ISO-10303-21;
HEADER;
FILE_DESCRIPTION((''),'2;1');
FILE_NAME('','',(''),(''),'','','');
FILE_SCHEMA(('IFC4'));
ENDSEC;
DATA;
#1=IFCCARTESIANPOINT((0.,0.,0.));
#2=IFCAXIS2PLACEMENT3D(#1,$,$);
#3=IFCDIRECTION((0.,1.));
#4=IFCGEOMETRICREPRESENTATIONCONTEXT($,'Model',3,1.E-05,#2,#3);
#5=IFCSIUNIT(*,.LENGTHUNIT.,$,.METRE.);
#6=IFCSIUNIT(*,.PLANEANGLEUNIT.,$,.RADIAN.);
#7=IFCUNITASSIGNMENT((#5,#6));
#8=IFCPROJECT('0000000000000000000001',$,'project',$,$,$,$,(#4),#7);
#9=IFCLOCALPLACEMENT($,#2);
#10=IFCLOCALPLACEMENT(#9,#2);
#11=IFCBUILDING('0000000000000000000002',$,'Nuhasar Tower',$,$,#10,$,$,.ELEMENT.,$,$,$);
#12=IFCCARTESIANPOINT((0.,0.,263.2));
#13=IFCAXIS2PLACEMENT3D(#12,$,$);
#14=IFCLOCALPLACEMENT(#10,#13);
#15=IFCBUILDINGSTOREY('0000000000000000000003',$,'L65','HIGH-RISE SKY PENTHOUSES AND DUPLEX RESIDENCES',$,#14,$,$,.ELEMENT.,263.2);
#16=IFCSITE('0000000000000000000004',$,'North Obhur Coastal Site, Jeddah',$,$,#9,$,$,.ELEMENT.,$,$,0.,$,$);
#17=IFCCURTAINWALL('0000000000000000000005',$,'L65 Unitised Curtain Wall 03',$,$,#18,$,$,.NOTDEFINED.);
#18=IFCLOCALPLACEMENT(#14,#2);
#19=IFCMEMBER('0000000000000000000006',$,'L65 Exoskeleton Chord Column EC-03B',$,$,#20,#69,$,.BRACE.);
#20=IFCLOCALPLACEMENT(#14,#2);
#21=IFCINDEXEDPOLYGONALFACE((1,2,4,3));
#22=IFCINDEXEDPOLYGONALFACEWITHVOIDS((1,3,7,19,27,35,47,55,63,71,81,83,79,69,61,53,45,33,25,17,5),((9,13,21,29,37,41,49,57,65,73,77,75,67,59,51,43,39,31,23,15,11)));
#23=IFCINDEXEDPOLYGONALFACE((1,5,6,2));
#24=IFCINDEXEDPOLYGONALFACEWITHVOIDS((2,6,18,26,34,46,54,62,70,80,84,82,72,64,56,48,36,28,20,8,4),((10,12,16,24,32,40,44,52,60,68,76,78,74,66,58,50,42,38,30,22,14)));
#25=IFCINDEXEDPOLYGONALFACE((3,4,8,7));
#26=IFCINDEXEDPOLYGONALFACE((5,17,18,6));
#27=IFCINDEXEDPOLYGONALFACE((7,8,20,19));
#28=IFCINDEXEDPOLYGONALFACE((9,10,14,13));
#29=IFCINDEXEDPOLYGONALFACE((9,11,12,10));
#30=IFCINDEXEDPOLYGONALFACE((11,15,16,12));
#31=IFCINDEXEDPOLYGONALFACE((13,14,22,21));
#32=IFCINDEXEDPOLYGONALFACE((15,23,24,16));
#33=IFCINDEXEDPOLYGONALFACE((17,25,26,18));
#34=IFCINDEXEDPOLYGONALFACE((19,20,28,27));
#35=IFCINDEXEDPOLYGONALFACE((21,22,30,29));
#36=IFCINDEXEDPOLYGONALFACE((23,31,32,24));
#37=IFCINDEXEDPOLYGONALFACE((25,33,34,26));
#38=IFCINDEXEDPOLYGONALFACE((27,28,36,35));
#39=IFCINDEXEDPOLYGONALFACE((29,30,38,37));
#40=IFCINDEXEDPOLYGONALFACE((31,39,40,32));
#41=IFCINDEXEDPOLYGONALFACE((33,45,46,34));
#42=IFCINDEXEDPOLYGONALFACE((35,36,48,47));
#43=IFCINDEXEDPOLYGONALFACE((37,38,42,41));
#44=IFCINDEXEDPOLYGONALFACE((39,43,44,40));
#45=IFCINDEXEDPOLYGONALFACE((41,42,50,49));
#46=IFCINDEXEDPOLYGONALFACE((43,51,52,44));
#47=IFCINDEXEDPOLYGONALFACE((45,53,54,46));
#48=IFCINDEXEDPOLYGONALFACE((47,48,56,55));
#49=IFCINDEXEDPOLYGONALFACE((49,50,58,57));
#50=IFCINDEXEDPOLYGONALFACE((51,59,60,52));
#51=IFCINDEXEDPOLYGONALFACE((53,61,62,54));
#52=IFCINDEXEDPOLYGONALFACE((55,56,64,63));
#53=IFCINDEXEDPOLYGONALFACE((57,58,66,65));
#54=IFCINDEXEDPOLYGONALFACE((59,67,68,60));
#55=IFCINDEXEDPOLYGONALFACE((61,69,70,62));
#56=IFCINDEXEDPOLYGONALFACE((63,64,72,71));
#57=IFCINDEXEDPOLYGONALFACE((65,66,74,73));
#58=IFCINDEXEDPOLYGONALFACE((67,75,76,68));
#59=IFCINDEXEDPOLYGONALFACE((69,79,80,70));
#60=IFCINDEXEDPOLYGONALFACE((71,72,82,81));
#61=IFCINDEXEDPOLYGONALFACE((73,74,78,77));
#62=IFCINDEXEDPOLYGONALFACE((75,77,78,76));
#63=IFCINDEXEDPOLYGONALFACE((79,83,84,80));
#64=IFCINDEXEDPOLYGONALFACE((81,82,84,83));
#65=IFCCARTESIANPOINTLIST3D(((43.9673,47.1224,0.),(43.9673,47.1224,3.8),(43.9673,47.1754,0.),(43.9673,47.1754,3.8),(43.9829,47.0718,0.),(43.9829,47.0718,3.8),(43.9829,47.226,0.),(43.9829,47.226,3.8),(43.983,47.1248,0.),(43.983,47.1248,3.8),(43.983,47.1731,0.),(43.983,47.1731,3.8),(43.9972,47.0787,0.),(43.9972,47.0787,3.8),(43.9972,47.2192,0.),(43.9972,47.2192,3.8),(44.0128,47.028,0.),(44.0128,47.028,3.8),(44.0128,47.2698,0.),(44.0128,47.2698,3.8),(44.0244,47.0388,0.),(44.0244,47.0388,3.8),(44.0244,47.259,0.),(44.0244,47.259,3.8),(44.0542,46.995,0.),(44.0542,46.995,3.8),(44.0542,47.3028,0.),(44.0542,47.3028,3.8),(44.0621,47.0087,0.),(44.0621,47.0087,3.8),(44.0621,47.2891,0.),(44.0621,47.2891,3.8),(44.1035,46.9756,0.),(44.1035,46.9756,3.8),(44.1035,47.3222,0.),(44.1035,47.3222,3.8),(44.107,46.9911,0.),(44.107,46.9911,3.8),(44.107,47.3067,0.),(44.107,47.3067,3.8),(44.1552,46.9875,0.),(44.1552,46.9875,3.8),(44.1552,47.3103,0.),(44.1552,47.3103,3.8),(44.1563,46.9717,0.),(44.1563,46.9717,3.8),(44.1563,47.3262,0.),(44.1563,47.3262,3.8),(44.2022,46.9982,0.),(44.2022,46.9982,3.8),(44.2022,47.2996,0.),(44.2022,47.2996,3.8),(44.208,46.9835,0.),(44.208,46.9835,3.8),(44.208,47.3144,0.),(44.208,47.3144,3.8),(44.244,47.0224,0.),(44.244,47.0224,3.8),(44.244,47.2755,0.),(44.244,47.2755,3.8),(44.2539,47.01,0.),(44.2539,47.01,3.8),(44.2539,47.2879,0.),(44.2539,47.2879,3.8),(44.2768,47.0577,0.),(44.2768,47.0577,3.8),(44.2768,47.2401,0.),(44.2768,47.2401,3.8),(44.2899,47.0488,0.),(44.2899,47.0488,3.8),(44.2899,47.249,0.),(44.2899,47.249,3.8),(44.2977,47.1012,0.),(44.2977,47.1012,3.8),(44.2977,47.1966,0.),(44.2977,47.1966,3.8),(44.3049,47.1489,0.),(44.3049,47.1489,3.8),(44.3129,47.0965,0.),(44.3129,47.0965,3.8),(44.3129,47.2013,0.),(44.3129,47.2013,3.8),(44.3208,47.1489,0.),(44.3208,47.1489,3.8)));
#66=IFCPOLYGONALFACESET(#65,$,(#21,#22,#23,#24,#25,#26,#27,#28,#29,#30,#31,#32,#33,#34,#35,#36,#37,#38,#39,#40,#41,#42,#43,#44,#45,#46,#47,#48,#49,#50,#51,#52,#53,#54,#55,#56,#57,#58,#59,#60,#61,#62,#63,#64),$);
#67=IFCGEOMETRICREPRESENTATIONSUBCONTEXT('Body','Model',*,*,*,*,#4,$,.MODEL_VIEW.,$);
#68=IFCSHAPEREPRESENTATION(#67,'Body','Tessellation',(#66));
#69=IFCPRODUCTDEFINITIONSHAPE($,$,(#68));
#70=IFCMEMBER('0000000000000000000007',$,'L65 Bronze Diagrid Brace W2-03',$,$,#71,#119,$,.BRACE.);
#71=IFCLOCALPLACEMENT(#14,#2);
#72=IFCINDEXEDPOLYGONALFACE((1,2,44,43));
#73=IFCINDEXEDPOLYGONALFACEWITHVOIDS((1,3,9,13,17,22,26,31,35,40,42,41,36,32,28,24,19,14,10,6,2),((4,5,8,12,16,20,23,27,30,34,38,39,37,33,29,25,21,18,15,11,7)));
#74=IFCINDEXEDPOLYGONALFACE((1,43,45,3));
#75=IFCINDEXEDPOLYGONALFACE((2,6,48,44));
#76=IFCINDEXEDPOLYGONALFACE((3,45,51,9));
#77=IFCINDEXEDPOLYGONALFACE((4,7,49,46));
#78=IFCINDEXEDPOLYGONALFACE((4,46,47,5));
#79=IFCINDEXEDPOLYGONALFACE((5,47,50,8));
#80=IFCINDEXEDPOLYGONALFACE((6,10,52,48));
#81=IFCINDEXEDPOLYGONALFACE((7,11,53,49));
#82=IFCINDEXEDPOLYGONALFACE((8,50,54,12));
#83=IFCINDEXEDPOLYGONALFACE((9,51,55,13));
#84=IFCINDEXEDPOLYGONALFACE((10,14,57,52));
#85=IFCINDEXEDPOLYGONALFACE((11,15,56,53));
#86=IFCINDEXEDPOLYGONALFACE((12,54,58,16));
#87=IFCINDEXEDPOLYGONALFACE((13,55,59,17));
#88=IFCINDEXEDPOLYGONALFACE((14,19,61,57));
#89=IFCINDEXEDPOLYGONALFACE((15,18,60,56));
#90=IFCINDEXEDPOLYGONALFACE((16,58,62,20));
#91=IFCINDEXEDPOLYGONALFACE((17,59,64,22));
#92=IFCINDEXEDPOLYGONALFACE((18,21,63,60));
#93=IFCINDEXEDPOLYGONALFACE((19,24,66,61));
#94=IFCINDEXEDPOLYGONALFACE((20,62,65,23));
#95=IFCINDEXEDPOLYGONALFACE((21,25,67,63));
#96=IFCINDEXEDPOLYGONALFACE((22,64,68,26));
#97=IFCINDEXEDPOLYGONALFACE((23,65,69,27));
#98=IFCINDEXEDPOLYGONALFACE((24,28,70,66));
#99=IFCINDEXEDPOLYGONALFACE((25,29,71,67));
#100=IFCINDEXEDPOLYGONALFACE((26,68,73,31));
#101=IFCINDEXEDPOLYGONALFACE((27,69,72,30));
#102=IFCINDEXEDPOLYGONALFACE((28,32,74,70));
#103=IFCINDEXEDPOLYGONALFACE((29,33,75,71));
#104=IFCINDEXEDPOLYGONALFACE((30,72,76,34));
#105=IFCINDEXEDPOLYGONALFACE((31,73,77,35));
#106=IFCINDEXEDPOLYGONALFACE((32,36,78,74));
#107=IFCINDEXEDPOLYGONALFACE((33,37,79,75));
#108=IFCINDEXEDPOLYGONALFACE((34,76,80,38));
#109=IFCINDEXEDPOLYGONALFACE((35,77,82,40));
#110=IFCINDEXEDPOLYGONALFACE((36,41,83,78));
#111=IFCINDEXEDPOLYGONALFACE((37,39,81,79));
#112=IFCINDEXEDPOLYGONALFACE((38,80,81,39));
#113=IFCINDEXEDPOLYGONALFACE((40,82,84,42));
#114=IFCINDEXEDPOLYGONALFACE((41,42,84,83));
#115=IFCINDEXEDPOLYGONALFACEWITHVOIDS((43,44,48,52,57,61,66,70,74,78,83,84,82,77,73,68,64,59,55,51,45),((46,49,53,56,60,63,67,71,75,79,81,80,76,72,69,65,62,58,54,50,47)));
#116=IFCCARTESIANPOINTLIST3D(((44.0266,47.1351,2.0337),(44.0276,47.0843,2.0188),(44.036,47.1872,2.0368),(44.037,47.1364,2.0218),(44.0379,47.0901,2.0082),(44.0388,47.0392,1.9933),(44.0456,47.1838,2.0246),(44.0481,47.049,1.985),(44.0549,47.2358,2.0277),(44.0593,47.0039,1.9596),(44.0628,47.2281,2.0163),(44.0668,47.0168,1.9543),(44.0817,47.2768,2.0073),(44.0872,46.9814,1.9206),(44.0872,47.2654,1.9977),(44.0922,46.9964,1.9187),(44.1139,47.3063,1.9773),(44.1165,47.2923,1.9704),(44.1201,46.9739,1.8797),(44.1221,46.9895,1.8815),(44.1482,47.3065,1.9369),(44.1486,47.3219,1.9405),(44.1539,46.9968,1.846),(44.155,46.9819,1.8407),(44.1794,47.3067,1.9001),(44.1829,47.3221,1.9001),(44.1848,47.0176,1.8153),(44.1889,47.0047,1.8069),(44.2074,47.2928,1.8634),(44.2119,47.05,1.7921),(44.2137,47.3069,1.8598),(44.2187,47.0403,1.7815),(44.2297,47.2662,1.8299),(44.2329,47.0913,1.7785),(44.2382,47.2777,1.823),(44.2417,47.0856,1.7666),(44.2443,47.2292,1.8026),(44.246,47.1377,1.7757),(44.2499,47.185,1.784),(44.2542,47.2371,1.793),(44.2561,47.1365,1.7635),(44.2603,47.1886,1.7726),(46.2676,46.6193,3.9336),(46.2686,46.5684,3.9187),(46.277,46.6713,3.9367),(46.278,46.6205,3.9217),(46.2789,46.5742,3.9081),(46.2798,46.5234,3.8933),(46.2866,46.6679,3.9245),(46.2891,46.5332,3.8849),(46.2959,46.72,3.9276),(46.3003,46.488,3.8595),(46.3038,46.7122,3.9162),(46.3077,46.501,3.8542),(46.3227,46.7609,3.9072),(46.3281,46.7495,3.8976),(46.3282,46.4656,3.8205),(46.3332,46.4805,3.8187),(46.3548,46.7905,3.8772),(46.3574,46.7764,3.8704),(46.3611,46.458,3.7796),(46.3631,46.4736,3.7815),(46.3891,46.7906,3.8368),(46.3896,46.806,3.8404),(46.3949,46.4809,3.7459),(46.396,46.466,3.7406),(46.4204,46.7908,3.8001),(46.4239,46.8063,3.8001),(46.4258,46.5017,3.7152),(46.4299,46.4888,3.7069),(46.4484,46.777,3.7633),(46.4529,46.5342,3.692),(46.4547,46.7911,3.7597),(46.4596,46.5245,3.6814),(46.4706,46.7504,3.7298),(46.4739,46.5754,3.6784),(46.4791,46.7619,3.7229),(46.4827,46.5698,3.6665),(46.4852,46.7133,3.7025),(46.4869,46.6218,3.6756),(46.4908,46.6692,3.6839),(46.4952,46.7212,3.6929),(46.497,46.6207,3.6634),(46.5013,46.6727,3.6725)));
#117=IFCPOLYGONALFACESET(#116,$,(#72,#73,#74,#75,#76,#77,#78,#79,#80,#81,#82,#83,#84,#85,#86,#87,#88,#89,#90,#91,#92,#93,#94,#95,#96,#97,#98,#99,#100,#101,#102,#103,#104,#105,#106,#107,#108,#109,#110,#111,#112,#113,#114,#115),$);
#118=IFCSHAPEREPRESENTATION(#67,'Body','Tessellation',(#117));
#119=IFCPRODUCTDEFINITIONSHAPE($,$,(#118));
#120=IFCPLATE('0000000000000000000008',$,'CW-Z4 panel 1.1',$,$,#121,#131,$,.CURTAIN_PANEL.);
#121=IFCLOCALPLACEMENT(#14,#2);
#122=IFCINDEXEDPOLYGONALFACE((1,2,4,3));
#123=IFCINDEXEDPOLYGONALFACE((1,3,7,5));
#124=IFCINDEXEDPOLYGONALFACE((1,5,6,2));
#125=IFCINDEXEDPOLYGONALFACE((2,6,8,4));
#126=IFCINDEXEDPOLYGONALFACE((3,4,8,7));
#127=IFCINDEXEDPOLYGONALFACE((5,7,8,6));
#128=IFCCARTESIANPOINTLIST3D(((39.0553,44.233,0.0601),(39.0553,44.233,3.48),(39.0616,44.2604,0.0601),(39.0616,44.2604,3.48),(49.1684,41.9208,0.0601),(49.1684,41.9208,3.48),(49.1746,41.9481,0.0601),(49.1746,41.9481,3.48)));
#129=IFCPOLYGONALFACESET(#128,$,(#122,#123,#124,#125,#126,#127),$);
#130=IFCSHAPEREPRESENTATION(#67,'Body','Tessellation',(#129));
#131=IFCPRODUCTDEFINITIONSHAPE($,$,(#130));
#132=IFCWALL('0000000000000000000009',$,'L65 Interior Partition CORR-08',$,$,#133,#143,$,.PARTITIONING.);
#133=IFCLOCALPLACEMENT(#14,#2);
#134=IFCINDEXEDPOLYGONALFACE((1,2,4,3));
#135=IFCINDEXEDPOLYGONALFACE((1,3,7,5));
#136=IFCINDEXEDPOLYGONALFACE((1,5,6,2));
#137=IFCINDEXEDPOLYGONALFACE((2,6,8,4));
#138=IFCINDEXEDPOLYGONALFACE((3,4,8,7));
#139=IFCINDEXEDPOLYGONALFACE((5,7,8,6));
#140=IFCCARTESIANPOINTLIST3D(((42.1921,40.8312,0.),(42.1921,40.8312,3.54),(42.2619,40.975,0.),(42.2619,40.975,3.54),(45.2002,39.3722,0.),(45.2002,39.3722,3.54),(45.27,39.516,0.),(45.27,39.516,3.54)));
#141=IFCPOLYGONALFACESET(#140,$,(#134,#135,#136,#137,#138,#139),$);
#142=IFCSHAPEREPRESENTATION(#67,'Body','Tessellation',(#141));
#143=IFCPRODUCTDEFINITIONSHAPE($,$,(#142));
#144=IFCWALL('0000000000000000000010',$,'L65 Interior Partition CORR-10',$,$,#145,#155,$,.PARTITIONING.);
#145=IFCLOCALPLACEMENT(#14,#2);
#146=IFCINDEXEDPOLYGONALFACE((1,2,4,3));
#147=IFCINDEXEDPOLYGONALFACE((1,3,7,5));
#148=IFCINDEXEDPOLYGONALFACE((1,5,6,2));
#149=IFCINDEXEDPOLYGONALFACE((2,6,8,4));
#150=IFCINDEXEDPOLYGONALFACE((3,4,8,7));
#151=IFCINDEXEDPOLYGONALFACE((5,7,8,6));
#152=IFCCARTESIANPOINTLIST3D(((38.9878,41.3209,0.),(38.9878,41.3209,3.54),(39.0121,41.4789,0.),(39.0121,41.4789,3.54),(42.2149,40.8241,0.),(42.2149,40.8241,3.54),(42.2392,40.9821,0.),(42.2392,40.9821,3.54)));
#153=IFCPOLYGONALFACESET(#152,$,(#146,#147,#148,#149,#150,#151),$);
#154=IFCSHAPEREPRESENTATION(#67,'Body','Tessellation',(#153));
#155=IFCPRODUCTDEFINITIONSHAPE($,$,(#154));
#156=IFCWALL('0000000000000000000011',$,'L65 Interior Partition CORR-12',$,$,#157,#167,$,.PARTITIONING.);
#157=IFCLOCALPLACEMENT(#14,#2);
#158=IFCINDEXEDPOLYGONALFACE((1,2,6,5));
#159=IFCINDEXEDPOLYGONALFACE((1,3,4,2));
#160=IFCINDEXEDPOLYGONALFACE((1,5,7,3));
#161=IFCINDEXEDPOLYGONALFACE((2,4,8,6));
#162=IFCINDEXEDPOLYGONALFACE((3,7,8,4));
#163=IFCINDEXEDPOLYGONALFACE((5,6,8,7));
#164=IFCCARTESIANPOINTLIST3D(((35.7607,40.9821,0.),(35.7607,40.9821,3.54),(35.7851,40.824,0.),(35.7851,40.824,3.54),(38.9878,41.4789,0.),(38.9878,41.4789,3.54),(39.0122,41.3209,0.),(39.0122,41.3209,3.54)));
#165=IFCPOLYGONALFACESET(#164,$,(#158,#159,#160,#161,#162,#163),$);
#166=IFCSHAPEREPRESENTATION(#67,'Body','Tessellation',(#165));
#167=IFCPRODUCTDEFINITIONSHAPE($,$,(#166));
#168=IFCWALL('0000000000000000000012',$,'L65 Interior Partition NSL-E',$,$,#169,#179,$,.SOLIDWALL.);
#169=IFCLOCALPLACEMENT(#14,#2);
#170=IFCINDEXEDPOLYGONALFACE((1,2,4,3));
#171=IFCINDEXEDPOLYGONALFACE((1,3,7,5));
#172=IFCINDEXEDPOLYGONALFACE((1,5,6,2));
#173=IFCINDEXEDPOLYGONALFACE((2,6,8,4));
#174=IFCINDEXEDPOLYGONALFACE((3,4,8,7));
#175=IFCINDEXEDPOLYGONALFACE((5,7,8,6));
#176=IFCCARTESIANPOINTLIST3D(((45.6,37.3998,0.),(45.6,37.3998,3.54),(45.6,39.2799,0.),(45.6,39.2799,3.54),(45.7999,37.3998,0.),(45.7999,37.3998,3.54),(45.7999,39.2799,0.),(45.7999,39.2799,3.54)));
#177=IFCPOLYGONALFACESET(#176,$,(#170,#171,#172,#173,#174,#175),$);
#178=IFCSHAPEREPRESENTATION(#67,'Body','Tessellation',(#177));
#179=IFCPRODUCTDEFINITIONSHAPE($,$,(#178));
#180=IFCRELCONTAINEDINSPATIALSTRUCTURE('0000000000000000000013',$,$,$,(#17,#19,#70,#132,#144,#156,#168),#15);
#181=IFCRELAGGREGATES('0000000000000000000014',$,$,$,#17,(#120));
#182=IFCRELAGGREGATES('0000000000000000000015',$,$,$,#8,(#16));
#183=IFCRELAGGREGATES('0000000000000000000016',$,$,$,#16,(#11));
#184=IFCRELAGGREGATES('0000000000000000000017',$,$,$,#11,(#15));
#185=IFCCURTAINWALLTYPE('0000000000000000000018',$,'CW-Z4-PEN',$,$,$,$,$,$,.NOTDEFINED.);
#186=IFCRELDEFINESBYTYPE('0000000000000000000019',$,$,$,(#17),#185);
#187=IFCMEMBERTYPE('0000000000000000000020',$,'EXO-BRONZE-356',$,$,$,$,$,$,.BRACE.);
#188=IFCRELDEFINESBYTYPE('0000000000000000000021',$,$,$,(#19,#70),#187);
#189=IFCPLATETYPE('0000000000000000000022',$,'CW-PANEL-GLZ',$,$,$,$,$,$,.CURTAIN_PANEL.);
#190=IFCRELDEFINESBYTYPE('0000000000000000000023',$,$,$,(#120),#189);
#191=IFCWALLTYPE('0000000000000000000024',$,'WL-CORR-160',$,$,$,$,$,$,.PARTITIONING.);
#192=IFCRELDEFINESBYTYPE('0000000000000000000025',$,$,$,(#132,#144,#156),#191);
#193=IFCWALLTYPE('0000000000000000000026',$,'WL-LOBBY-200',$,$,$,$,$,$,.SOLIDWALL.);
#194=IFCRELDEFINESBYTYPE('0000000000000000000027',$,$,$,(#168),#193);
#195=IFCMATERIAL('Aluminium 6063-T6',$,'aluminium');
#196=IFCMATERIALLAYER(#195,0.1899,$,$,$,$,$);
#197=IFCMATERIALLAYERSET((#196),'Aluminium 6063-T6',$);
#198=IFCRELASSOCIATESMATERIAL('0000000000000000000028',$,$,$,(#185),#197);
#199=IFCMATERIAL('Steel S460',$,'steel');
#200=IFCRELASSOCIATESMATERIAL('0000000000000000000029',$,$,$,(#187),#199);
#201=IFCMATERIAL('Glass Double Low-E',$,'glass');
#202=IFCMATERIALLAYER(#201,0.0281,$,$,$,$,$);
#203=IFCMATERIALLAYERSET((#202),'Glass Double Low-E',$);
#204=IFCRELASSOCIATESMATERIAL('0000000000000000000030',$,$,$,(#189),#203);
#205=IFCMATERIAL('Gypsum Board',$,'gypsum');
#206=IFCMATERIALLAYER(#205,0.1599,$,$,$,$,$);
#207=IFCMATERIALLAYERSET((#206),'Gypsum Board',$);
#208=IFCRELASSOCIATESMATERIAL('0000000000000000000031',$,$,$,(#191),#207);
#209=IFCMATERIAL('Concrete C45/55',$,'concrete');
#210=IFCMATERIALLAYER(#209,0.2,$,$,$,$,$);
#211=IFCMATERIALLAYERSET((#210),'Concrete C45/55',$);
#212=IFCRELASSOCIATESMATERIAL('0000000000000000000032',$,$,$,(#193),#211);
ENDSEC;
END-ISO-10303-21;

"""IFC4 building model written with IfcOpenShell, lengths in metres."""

from ifc_helpers import new_model, si_unit, direction, frame, frame_2d, origin, origin_2d, place, context, subcontext, project, spatial, rectangle, hollow_circle, extrude, material, layer, layer_set, material_profile, profile_set, type_object, element, aggregate, save


model = new_model("IFC4")

# Units and contexts
model_context = context("Model", 3, precision=1e-05, world=origin(), true_north=direction((0.0, 1.0)))
body_context = subcontext(model_context, "Body", "Model", "MODEL_VIEW")
ifc_project = project(units=[si_unit("LENGTHUNIT", "METRE"), si_unit("PLANEANGLEUNIT", "RADIAN")], contexts=[model_context])

# Site, building, storey
site_placement = place(None, origin())
site = spatial("IfcSite", under=ifc_project, at=site_placement, Name="North Obhur Coastal Site, Jeddah", CompositionType="ELEMENT", RefElevation=0.0)
building_placement = place(site_placement, origin())
building = spatial("IfcBuilding", under=site, at=building_placement, Name="Nuhasar Tower", CompositionType="ELEMENT")
storey_placement = place(building_placement, frame((0.0, 0.0, 263.2)))
storey = spatial("IfcBuildingStorey", under=building, at=storey_placement, Name="L65", Description="HIGH-RISE SKY PENTHOUSES AND DUPLEX RESIDENCES", CompositionType="ELEMENT", Elevation=263.2)

# Curtain wall
ifc_material_1 = material(Name="Aluminium 6063-T6", Category="aluminium")
ifc_layer_1 = layer(ifc_material_1, 0.1899)
ifc_layer_set_1 = layer_set([ifc_layer_1], Name="Aluminium 6063-T6")
curtain_wall_type = type_object("IfcCurtainWallType", Name="CW-Z4-PEN", PredefinedType="NOTDEFINED", material=ifc_layer_set_1)
curtain_wall_placement = place(storey_placement, origin())
curtain_wall = element("IfcCurtainWall", 1, at=curtain_wall_placement, inside=storey, type_object=curtain_wall_type, Name="L65 Unitised Curtain Wall 03", PredefinedType="NOTDEFINED")

# Members
ifc_material_2 = material(Name="Steel S460", Category="steel")
ifc_material_profile_1 = material_profile(ifc_material_2, hollow_circle(Radius=0.1777, WallThickness=0.0159, at=origin_2d()), Name="HSS355.6X15.9")
ifc_profile_set_1 = profile_set([ifc_material_profile_1], Name="Steel S460")
member_type_1 = type_object("IfcMemberType", Name="EXO-BRONZE-356", PredefinedType="BRACE", material=ifc_profile_set_1)
member_1_placement = place(storey_placement, frame((44.1431, 47.1489, 0.0), z_axis=(0.0, 0.0, 1.0), x_axis=(1.0, 0.0, 0.0)))
element("IfcMember", 2, at=member_1_placement, inside=storey, type_object=member_type_1, Name="L65 Exoskeleton Chord Column EC-03B", PredefinedType="BRACE", context=body_context, shape_type="SweptSolid", body=[
    extrude(hollow_circle(Radius=0.1777, WallThickness=0.0159, at=origin_2d()), origin(), (0.0, 0.0, 1.0), 3.8),
])
member_2_placement = place(storey_placement, frame((44.1431, 47.1489, 1.9001), z_axis=(0.751272, -0.172942, 0.636932), x_axis=(0.224332, 0.974513, 0.0)))
element("IfcMember", 3, at=member_2_placement, inside=storey, type_object=member_type_1, Name="L65 Bronze Diagrid Brace W2-03", PredefinedType="BRACE", context=body_context, shape_type="SweptSolid", body=[
    extrude(hollow_circle(Radius=0.1777, WallThickness=0.0159, at=origin_2d()), origin(), (0.0, 0.0, 1.0), 2.9829),
])

# Plate
ifc_material_3 = material(Name="Glass Double Low-E", Category="glass")
ifc_layer_2 = layer(ifc_material_3, 0.0281)
ifc_layer_set_2 = layer_set([ifc_layer_2], Name="Glass Double Low-E")
plate_type = type_object("IfcPlateType", Name="CW-PANEL-GLZ", PredefinedType="CURTAIN_PANEL", material=ifc_layer_set_2)
plate_placement = place(storey_placement, frame((44.115, 43.0906, 0.0601), z_axis=(0.0, 0.0, 1.0), x_axis=(-0.974844, 0.222889, 0.0)))
plate = element("IfcPlate", 4, at=plate_placement, type_object=plate_type, Name="CW-Z4 panel 1.1", PredefinedType="CURTAIN_PANEL", context=body_context, shape_type="SweptSolid", body=[
    extrude(rectangle(XDim=10.374, YDim=0.0281, at=origin_2d()), origin(), (0.0, 0.0, 1.0), 3.4199),
])
aggregate(curtain_wall, [plate])

# Shared definitions
ifc_material_4 = material(Name="Gypsum Board", Category="gypsum")
ifc_layer_3 = layer(ifc_material_4, 0.1599)
ifc_layer_set_3 = layer_set([ifc_layer_3], Name="Gypsum Board")
wall_type_1 = type_object("IfcWallType", Name="WL-CORR-160", PredefinedType="PARTITIONING", material=ifc_layer_set_3)

# Walls
wall_1_placement = place(storey_placement, frame((45.2351, 39.4441, 0.0), z_axis=(0.0, 0.0, 1.0), x_axis=(-0.899752, 0.436403, 0.0)))
element("IfcWall", 5, at=wall_1_placement, inside=storey, type_object=wall_type_1, Name="L65 Interior Partition CORR-08", PredefinedType="PARTITIONING", context=body_context, shape_type="SweptSolid", body=[
    extrude(rectangle(XDim=3.3433, YDim=0.1599, at=frame_2d((1.6716, 0.0))), origin(), (0.0, 0.0, 1.0), 3.54),
])
for number, where, z_axis, x_axis, name in (
    (6, (42.2271, 40.9031, 0.0), (0.0, 0.0, 1.0), (-0.988355, 0.152164, 0.0), "L65 Interior Partition CORR-10"),
    (7, (39.0, 41.3999, 0.0), (0.0, 0.0, 1.0), (-0.988355, -0.152164, 0.0), "L65 Interior Partition CORR-12"),
):
    element("IfcWall", number, at=place(storey_placement, frame(where, z_axis=z_axis, x_axis=x_axis)), inside=storey, type_object=wall_type_1, Name=name, PredefinedType="PARTITIONING", context=body_context, shape_type="SweptSolid", body=[
        extrude(rectangle(XDim=3.2651, YDim=0.1599, at=frame_2d((1.6326, 0.0))), origin(), (0.0, 0.0, 1.0), 3.54),
    ])
ifc_material_5 = material(Name="Concrete C45/55", Category="concrete")
ifc_layer_4 = layer(ifc_material_5, 0.2)
ifc_layer_set_4 = layer_set([ifc_layer_4], Name="Concrete C45/55")
wall_type_2 = type_object("IfcWallType", Name="WL-LOBBY-200", PredefinedType="SOLIDWALL", material=ifc_layer_set_4)
wall_2_placement = place(storey_placement, frame((45.7, 37.3999, 0.0), z_axis=(0.0, 0.0, 1.0), x_axis=(0.0, 1.0, 0.0)))
element("IfcWall", 8, at=wall_2_placement, inside=storey, type_object=wall_type_2, Name="L65 Interior Partition NSL-E", PredefinedType="SOLIDWALL", context=body_context, shape_type="SweptSolid", body=[
    extrude(rectangle(XDim=1.8801, YDim=0.2, at=frame_2d((0.9399, 0.0))), origin(), (0.0, 0.0, 1.0), 3.54),
])

save(model, "model.ifc")
